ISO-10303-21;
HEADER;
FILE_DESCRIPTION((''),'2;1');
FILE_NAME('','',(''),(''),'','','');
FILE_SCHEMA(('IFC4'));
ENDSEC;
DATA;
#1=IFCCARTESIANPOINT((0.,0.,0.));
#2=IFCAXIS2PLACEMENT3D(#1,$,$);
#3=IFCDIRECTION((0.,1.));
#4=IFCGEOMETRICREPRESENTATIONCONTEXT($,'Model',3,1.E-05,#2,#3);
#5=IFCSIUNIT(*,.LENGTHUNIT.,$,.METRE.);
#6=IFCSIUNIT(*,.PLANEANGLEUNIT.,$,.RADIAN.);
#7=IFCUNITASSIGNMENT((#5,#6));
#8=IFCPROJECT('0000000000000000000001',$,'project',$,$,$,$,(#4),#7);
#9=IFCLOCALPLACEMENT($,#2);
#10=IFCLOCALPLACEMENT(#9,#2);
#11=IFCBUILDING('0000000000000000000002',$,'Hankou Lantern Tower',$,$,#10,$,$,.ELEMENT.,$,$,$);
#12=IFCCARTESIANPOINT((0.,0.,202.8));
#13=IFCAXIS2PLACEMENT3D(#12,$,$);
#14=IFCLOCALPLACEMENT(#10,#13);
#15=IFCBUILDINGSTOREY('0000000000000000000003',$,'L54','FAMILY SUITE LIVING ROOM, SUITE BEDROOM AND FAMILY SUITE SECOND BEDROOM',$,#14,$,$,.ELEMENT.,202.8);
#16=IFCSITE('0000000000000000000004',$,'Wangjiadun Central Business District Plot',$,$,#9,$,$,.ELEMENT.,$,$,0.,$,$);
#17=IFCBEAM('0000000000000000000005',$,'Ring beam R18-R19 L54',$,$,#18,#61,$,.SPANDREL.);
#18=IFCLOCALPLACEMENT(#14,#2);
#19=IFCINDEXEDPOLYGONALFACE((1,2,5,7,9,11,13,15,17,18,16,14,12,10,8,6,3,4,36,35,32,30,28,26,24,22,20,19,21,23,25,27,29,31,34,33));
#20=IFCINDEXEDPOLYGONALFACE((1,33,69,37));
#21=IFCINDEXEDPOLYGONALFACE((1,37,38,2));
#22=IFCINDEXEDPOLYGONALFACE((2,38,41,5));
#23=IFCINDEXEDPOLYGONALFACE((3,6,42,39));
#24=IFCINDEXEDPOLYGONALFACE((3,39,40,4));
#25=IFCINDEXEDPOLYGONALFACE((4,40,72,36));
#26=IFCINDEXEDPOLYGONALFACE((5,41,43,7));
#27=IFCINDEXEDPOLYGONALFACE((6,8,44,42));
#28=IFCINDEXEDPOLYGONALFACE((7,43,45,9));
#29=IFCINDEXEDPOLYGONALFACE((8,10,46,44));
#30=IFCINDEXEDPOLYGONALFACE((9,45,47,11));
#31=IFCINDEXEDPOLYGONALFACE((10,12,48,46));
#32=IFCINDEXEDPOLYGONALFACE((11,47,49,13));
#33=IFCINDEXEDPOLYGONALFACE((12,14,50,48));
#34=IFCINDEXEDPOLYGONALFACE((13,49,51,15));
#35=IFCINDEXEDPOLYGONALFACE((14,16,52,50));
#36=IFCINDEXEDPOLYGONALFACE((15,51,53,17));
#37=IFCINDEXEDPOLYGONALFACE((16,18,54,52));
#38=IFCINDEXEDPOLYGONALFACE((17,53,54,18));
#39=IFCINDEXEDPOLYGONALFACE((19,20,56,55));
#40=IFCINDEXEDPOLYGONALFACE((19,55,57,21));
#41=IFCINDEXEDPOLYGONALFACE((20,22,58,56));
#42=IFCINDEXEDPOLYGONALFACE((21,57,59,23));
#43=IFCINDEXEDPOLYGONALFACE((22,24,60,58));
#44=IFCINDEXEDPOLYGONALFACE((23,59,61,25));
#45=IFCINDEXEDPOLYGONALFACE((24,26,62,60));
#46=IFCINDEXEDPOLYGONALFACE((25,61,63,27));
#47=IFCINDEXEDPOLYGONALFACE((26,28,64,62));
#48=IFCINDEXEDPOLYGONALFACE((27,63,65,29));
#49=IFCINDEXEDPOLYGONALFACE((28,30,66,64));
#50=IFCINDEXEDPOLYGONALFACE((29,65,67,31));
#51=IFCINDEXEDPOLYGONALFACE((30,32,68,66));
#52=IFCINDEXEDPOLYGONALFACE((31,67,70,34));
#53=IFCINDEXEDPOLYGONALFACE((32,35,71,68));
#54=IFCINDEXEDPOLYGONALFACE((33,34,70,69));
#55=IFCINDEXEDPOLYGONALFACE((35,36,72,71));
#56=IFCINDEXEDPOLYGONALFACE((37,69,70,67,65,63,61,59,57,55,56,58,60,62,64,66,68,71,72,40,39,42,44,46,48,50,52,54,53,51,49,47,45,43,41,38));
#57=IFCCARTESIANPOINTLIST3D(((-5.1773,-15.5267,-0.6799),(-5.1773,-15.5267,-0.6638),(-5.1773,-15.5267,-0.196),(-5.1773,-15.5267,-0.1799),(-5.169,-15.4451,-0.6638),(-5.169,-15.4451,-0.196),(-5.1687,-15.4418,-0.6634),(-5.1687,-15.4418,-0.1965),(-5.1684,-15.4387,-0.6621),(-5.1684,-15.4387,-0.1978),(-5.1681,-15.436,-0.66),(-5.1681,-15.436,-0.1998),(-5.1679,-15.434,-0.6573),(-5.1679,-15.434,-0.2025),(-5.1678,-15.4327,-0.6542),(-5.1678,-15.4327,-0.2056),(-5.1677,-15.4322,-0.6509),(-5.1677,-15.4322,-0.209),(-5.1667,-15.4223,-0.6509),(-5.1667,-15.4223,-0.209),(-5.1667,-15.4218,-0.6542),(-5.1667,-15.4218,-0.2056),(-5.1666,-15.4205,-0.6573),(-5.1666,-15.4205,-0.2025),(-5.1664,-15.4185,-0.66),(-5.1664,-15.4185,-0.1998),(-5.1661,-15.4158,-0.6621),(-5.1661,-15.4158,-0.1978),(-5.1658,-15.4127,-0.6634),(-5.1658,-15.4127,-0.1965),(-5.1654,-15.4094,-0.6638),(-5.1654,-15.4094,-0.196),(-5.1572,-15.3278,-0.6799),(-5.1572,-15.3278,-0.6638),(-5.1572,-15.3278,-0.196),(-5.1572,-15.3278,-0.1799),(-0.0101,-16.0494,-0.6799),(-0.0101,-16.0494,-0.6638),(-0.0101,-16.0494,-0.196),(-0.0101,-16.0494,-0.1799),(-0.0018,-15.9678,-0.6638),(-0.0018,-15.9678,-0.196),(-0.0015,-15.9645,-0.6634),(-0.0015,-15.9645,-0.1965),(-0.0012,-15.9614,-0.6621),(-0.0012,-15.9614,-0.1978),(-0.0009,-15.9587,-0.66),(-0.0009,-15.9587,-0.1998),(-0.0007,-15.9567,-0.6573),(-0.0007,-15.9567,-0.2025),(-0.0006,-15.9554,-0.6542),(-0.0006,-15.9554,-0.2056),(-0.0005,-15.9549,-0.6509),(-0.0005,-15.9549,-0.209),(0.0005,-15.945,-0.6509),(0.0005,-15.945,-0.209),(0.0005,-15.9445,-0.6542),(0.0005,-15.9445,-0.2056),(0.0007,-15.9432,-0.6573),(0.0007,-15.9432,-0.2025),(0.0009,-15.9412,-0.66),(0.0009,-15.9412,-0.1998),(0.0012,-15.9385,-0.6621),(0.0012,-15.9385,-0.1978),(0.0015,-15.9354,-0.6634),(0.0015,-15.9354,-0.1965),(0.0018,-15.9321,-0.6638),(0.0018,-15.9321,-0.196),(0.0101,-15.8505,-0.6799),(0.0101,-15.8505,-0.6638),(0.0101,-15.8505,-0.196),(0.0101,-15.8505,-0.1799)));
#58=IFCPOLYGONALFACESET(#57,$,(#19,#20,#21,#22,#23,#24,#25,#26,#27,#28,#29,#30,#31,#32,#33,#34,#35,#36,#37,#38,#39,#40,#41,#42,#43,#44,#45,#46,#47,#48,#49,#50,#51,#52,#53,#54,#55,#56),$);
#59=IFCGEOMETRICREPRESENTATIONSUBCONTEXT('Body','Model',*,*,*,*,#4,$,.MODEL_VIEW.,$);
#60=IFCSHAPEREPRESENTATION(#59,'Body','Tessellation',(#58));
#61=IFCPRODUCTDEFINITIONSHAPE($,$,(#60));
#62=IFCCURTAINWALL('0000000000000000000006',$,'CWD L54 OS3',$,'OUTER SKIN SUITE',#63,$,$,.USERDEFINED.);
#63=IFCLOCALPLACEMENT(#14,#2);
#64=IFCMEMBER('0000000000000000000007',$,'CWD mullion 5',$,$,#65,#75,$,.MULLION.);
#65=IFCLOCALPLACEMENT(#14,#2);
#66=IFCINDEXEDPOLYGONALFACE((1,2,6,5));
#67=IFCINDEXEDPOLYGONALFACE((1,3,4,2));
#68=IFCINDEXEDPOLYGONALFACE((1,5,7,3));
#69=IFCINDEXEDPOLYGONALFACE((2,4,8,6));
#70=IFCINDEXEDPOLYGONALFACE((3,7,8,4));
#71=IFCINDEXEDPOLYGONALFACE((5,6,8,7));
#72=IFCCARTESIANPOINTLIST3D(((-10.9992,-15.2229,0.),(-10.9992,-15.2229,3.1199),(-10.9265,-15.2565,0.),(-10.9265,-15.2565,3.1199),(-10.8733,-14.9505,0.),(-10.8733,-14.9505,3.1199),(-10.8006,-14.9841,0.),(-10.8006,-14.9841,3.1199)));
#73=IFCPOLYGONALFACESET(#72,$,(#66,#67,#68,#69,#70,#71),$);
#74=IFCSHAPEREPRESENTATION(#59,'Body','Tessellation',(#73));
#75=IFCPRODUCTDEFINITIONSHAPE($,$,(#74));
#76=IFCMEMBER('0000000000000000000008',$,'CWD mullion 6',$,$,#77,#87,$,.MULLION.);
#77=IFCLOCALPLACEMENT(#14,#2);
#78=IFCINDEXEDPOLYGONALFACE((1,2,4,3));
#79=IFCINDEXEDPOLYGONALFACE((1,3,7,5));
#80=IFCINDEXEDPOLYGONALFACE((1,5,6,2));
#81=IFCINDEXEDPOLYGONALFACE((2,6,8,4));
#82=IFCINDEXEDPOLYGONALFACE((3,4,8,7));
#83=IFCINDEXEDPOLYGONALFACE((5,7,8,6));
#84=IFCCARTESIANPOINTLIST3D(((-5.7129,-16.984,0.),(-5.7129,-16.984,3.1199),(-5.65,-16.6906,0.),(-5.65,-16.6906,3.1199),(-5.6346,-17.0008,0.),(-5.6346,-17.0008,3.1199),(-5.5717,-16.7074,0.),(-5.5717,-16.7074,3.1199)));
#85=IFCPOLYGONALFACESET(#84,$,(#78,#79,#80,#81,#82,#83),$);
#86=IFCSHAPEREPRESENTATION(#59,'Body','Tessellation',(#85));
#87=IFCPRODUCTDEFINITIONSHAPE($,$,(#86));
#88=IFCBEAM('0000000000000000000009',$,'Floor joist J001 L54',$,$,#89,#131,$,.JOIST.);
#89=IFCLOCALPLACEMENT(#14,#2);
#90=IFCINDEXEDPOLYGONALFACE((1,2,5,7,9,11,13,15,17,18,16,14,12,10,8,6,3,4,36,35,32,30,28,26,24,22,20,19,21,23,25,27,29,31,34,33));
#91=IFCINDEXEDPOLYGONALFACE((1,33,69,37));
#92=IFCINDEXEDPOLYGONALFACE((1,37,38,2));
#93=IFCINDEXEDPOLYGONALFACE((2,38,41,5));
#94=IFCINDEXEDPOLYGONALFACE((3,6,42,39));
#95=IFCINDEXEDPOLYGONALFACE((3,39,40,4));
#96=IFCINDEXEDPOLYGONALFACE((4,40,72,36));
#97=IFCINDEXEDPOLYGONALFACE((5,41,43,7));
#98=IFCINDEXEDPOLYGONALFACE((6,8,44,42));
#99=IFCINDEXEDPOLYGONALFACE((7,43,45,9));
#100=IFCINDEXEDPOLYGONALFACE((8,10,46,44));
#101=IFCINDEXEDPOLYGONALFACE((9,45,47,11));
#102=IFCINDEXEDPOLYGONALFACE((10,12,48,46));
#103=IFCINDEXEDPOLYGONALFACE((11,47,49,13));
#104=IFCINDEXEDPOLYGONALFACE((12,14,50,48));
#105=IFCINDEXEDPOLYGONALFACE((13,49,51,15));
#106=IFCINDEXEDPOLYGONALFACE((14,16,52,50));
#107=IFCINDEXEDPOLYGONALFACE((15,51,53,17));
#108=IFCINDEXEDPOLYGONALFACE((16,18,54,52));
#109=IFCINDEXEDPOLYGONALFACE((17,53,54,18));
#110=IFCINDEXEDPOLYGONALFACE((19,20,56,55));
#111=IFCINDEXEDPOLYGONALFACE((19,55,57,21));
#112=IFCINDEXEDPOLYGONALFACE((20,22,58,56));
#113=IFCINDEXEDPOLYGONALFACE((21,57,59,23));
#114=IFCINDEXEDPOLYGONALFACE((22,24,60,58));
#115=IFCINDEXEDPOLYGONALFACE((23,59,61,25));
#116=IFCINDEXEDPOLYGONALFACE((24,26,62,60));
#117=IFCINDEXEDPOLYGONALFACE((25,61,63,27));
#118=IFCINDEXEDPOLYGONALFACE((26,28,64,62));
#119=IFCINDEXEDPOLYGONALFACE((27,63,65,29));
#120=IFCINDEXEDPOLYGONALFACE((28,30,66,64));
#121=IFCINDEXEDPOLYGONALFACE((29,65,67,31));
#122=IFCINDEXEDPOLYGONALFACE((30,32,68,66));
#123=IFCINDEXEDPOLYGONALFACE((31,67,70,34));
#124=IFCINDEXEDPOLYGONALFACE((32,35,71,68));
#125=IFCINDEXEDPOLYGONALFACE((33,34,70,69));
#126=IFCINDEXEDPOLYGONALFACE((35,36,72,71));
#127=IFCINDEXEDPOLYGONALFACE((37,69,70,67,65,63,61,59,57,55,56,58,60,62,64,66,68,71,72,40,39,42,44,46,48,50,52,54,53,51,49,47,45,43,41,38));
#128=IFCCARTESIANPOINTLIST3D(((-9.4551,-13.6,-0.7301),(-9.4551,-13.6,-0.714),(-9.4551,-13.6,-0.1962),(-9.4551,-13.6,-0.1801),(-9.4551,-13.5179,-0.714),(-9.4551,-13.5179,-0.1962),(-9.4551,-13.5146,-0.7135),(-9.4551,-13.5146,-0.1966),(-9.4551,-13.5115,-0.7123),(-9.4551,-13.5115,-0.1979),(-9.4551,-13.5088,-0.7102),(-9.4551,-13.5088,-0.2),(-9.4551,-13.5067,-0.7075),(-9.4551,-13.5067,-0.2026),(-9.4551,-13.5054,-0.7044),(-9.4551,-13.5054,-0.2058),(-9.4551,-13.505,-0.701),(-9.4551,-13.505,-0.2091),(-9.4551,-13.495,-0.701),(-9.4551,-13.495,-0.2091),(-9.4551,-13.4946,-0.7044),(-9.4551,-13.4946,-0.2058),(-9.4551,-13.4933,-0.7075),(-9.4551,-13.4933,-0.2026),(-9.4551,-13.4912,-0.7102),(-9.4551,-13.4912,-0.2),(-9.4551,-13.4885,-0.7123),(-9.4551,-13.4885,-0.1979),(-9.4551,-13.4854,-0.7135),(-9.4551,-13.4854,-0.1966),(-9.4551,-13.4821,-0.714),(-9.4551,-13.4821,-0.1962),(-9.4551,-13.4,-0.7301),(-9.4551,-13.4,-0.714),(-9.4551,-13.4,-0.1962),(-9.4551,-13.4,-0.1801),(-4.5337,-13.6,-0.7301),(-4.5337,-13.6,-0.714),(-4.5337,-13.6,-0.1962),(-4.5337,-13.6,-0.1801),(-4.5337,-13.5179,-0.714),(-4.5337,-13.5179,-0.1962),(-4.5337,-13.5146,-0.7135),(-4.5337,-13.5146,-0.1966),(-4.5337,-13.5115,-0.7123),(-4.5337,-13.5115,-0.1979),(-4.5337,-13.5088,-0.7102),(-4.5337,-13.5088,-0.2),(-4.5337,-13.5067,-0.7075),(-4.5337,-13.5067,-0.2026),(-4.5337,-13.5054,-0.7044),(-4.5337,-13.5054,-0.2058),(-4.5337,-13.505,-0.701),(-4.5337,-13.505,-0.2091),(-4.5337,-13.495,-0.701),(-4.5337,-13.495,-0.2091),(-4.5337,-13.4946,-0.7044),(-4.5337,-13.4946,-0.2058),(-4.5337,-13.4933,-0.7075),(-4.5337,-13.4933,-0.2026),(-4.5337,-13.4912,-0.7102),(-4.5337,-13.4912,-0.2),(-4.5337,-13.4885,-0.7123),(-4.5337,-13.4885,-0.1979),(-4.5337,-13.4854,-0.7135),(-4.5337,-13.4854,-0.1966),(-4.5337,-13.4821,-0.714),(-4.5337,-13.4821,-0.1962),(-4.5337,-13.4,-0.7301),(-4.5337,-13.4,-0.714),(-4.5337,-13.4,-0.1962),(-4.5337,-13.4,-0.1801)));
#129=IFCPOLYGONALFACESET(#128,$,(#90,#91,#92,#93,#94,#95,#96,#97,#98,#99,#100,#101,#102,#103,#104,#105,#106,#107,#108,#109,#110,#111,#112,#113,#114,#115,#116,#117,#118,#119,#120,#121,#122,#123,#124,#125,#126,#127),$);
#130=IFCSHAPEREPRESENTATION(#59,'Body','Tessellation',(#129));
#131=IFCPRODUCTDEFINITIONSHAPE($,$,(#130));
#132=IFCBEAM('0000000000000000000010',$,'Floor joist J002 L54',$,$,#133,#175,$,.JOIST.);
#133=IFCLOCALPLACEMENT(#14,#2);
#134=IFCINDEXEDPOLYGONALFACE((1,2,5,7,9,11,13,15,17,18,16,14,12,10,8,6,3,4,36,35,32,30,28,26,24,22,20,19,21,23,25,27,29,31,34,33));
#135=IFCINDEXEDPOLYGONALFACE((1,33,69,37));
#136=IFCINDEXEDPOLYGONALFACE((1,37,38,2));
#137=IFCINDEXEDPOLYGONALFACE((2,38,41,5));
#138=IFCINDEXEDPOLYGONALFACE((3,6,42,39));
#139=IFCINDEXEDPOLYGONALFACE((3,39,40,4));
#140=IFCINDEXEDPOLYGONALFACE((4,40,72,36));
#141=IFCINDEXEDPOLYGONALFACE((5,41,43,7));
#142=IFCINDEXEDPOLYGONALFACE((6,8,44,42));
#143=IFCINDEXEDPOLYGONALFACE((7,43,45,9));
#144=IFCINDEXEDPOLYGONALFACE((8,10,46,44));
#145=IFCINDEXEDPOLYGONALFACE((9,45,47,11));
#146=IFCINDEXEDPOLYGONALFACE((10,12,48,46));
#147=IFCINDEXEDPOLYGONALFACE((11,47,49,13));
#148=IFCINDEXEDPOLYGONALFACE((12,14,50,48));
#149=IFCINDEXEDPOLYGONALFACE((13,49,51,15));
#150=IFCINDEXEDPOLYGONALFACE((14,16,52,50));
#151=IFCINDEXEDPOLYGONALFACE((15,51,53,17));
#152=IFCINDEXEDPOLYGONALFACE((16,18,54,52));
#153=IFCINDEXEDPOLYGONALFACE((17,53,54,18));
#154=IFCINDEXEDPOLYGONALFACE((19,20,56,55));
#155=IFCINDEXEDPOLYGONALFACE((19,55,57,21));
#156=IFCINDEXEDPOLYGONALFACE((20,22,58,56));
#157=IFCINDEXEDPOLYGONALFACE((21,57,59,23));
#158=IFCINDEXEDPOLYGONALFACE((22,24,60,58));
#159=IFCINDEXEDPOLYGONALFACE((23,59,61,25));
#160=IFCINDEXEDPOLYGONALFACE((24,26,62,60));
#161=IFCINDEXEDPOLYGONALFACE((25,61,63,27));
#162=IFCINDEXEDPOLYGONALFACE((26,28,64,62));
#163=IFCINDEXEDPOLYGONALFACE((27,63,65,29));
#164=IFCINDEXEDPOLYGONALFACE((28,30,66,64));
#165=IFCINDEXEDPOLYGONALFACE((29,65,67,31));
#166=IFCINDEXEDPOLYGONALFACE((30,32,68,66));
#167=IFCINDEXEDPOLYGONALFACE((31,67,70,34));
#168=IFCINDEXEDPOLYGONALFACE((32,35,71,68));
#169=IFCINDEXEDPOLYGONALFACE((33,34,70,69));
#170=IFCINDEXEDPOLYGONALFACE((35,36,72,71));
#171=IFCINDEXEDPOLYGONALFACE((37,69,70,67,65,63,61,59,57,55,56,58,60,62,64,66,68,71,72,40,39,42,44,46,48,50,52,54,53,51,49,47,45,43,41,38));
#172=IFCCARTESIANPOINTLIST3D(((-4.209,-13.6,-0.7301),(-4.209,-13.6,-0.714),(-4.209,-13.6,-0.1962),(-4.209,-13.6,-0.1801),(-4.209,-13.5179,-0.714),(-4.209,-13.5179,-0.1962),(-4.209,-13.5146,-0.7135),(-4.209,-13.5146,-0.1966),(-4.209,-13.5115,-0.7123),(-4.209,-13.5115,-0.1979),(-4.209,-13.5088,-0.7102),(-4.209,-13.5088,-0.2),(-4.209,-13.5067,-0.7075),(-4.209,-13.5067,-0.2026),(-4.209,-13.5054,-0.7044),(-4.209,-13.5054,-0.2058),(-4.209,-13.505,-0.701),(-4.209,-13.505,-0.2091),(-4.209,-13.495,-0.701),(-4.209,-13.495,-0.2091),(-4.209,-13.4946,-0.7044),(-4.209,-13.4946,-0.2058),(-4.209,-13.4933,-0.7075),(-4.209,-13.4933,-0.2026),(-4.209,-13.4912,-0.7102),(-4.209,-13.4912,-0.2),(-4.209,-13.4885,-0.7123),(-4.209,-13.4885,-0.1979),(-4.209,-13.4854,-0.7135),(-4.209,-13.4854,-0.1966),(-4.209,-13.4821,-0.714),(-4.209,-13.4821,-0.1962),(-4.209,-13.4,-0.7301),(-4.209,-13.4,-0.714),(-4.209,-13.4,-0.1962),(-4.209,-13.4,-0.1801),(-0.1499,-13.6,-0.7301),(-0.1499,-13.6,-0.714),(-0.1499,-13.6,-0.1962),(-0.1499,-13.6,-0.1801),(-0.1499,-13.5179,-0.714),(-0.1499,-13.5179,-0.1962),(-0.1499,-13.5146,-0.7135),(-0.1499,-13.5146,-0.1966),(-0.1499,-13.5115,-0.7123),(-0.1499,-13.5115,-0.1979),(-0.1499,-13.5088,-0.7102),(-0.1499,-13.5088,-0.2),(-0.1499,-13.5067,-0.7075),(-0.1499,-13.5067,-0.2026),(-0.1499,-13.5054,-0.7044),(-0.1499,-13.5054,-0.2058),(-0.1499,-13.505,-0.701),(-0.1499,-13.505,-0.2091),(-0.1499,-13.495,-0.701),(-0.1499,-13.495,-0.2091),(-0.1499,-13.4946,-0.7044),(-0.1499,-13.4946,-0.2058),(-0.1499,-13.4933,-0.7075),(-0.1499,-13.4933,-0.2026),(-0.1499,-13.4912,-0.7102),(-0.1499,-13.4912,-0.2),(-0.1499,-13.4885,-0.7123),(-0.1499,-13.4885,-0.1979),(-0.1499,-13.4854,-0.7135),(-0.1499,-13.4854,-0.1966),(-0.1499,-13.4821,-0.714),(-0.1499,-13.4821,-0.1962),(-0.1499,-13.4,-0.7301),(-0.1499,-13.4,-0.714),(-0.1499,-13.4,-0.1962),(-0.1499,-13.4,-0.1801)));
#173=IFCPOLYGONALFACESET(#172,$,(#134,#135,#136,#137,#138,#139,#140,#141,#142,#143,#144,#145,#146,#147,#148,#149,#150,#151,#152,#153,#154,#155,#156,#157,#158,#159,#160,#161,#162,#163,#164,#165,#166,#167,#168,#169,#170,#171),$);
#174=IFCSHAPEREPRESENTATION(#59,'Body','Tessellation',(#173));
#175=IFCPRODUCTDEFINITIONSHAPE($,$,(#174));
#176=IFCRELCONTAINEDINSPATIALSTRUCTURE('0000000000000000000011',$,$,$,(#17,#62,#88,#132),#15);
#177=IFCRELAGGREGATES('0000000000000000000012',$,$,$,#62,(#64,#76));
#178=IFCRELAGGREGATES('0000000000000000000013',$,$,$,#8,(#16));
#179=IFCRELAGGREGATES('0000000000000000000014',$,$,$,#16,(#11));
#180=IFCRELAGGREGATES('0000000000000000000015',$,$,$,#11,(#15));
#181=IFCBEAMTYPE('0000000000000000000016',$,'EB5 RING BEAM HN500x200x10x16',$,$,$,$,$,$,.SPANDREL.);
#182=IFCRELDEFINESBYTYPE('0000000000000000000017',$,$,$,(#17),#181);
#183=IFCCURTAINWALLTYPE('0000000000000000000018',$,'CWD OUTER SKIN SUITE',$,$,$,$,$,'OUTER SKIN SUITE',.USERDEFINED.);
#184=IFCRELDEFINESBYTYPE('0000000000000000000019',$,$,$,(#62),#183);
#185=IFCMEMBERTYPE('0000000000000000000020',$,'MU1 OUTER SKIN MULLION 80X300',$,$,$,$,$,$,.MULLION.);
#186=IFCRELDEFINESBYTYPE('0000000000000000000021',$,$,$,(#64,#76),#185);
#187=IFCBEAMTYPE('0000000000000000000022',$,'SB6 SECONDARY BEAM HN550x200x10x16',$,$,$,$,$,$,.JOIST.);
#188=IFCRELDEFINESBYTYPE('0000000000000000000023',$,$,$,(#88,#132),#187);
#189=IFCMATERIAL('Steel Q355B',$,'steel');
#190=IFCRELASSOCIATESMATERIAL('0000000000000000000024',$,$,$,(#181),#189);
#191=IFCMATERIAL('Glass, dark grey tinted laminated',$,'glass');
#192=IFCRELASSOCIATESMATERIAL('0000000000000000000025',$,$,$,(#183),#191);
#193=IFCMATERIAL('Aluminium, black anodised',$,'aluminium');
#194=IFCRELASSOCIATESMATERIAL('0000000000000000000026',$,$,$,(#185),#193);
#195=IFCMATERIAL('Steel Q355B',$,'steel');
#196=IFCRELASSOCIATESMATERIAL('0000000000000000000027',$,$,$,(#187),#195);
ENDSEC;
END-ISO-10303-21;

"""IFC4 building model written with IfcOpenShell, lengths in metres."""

from ifc_helpers import new_model, si_unit, direction, frame, origin, origin_2d, place, context, subcontext, project, spatial, rectangle, i_section, extrude, material, material_profile, profile_set, type_object, element, aggregate, save


model = new_model("IFC4")

# Units and contexts
model_context = context("Model", 3, precision=1e-05, world=origin(), true_north=direction((0.0, 1.0)))
body_context = subcontext(model_context, "Body", "Model", "MODEL_VIEW")
ifc_project = project(units=[si_unit("LENGTHUNIT", "METRE"), si_unit("PLANEANGLEUNIT", "RADIAN")], contexts=[model_context])

# Site, building, storey
site_placement = place(None, origin())
site = spatial("IfcSite", under=ifc_project, at=site_placement, Name="Wangjiadun Central Business District Plot", CompositionType="ELEMENT", RefElevation=0.0)
building_placement = place(site_placement, origin())
building = spatial("IfcBuilding", under=site, at=building_placement, Name="Hankou Lantern Tower", CompositionType="ELEMENT")
storey_placement = place(building_placement, frame((0.0, 0.0, 202.8)))
storey = spatial("IfcBuildingStorey", under=building, at=storey_placement, Name="L54", Description="FAMILY SUITE LIVING ROOM, SUITE BEDROOM AND FAMILY SUITE SECOND BEDROOM", CompositionType="ELEMENT", Elevation=202.8)

# Beam
ifc_material_1 = material(Name="Steel Q355B", Category="steel")
ifc_material_profile_1 = material_profile(ifc_material_1, i_section(OverallWidth=0.2, OverallDepth=0.5, WebThickness=0.01, FlangeThickness=0.0161, FilletRadius=0.0129, at=origin_2d()), Name="HN500x200x10x16")
ifc_profile_set_1 = profile_set([ifc_material_profile_1], Name="Steel Q355B")
beam_type_1 = type_object("IfcBeamType", Name="EB5 RING BEAM HN500x200x10x16", PredefinedType="SPANDREL", material=ifc_profile_set_1)
beam_1_placement = place(storey_placement, frame((-5.1672, -15.4272, -0.4299), z_axis=(0.994923, -0.100644, 0.0), x_axis=(0.100644, 0.994923, 0.0)))
element("IfcBeam", 1, at=beam_1_placement, inside=storey, type_object=beam_type_1, Name="Ring beam R18-R19 L54", PredefinedType="SPANDREL", context=body_context, shape_type="SweptSolid", body=[
    extrude(i_section(OverallWidth=0.2, OverallDepth=0.5, WebThickness=0.01, FlangeThickness=0.0161, FilletRadius=0.0129, at=origin_2d()), origin(), (0.0, 0.0, 1.0), 5.1936),
])

# Curtain wall, members
ifc_material_2 = material(Name="Glass, dark grey tinted laminated", Category="glass")
curtain_wall_type = type_object("IfcCurtainWallType", Name="CWD OUTER SKIN SUITE", ElementType="OUTER SKIN SUITE", PredefinedType="USERDEFINED", material=ifc_material_2)
curtain_wall_placement = place(storey_placement, origin())
curtain_wall = element("IfcCurtainWall", 2, at=curtain_wall_placement, inside=storey, type_object=curtain_wall_type, Name="CWD L54 OS3", ObjectType="OUTER SKIN SUITE", PredefinedType="USERDEFINED")
ifc_material_3 = material(Name="Aluminium, black anodised", Category="aluminium")
ifc_material_profile_2 = material_profile(ifc_material_3, rectangle(XDim=0.0801, YDim=0.3, at=origin_2d()), Name="MU1 80X300")
ifc_profile_set_2 = profile_set([ifc_material_profile_2], Name="Aluminium, black anodised")
member_type_1 = type_object("IfcMemberType", Name="MU1 OUTER SKIN MULLION 80X300", PredefinedType="MULLION", material=ifc_profile_set_2)
member_1_placement = place(storey_placement, frame((-10.8999, -15.1035, 0.0), z_axis=(0.0, 0.0, 1.0), x_axis=(0.907841, -0.419314, 0.0)))
member_1 = element("IfcMember", 3, at=member_1_placement, type_object=member_type_1, Name="CWD mullion 5", PredefinedType="MULLION", context=body_context, shape_type="SweptSolid", body=[
    extrude(rectangle(XDim=0.0801, YDim=0.3, at=origin_2d()), origin(), (0.0, 0.0, 1.0), 3.1199),
])
member_2_placement = place(storey_placement, frame((-5.6423, -16.8457, 0.0), z_axis=(0.0, 0.0, 1.0), x_axis=(0.977788, -0.209598, 0.0)))
member_2 = element("IfcMember", 4, at=member_2_placement, type_object=member_type_1, Name="CWD mullion 6", PredefinedType="MULLION", context=body_context, shape_type="SweptSolid", body=[
    extrude(rectangle(XDim=0.0801, YDim=0.3, at=origin_2d()), origin(), (0.0, 0.0, 1.0), 3.1199),
])

# Beams
ifc_material_4 = material(Name="Steel Q355B", Category="steel")
ifc_material_profile_3 = material_profile(ifc_material_4, i_section(OverallWidth=0.2, OverallDepth=0.55, WebThickness=0.01, FlangeThickness=0.0161, FilletRadius=0.0129, at=origin_2d()), Name="HN550x200x10x16")
ifc_profile_set_3 = profile_set([ifc_material_profile_3], Name="Steel Q355B")
beam_type_2 = type_object("IfcBeamType", Name="SB6 SECONDARY BEAM HN550x200x10x16", PredefinedType="JOIST", material=ifc_profile_set_3)
beam_2_placement = place(storey_placement, frame((-9.4551, -13.5, -0.4551), z_axis=(1.0, 0.0, 0.0), x_axis=(0.0, 1.0, 0.0)))
element("IfcBeam", 5, at=beam_2_placement, inside=storey, type_object=beam_type_2, Name="Floor joist J001 L54", PredefinedType="JOIST", context=body_context, shape_type="SweptSolid", body=[
    extrude(i_section(OverallWidth=0.2, OverallDepth=0.55, WebThickness=0.01, FlangeThickness=0.0161, FilletRadius=0.0129, at=origin_2d()), origin(), (0.0, 0.0, 1.0), 4.9214),
])
beam_3_placement = place(storey_placement, frame((-4.209, -13.5, -0.4551), z_axis=(1.0, 0.0, 0.0), x_axis=(0.0, 1.0, 0.0)))
element("IfcBeam", 6, at=beam_3_placement, inside=storey, type_object=beam_type_2, Name="Floor joist J002 L54", PredefinedType="JOIST", context=body_context, shape_type="SweptSolid", body=[
    extrude(i_section(OverallWidth=0.2, OverallDepth=0.55, WebThickness=0.01, FlangeThickness=0.0161, FilletRadius=0.0129, at=origin_2d()), origin(), (0.0, 0.0, 1.0), 4.0591),
])

aggregate(curtain_wall, [member_1, member_2])

save(model, "model.ifc")
